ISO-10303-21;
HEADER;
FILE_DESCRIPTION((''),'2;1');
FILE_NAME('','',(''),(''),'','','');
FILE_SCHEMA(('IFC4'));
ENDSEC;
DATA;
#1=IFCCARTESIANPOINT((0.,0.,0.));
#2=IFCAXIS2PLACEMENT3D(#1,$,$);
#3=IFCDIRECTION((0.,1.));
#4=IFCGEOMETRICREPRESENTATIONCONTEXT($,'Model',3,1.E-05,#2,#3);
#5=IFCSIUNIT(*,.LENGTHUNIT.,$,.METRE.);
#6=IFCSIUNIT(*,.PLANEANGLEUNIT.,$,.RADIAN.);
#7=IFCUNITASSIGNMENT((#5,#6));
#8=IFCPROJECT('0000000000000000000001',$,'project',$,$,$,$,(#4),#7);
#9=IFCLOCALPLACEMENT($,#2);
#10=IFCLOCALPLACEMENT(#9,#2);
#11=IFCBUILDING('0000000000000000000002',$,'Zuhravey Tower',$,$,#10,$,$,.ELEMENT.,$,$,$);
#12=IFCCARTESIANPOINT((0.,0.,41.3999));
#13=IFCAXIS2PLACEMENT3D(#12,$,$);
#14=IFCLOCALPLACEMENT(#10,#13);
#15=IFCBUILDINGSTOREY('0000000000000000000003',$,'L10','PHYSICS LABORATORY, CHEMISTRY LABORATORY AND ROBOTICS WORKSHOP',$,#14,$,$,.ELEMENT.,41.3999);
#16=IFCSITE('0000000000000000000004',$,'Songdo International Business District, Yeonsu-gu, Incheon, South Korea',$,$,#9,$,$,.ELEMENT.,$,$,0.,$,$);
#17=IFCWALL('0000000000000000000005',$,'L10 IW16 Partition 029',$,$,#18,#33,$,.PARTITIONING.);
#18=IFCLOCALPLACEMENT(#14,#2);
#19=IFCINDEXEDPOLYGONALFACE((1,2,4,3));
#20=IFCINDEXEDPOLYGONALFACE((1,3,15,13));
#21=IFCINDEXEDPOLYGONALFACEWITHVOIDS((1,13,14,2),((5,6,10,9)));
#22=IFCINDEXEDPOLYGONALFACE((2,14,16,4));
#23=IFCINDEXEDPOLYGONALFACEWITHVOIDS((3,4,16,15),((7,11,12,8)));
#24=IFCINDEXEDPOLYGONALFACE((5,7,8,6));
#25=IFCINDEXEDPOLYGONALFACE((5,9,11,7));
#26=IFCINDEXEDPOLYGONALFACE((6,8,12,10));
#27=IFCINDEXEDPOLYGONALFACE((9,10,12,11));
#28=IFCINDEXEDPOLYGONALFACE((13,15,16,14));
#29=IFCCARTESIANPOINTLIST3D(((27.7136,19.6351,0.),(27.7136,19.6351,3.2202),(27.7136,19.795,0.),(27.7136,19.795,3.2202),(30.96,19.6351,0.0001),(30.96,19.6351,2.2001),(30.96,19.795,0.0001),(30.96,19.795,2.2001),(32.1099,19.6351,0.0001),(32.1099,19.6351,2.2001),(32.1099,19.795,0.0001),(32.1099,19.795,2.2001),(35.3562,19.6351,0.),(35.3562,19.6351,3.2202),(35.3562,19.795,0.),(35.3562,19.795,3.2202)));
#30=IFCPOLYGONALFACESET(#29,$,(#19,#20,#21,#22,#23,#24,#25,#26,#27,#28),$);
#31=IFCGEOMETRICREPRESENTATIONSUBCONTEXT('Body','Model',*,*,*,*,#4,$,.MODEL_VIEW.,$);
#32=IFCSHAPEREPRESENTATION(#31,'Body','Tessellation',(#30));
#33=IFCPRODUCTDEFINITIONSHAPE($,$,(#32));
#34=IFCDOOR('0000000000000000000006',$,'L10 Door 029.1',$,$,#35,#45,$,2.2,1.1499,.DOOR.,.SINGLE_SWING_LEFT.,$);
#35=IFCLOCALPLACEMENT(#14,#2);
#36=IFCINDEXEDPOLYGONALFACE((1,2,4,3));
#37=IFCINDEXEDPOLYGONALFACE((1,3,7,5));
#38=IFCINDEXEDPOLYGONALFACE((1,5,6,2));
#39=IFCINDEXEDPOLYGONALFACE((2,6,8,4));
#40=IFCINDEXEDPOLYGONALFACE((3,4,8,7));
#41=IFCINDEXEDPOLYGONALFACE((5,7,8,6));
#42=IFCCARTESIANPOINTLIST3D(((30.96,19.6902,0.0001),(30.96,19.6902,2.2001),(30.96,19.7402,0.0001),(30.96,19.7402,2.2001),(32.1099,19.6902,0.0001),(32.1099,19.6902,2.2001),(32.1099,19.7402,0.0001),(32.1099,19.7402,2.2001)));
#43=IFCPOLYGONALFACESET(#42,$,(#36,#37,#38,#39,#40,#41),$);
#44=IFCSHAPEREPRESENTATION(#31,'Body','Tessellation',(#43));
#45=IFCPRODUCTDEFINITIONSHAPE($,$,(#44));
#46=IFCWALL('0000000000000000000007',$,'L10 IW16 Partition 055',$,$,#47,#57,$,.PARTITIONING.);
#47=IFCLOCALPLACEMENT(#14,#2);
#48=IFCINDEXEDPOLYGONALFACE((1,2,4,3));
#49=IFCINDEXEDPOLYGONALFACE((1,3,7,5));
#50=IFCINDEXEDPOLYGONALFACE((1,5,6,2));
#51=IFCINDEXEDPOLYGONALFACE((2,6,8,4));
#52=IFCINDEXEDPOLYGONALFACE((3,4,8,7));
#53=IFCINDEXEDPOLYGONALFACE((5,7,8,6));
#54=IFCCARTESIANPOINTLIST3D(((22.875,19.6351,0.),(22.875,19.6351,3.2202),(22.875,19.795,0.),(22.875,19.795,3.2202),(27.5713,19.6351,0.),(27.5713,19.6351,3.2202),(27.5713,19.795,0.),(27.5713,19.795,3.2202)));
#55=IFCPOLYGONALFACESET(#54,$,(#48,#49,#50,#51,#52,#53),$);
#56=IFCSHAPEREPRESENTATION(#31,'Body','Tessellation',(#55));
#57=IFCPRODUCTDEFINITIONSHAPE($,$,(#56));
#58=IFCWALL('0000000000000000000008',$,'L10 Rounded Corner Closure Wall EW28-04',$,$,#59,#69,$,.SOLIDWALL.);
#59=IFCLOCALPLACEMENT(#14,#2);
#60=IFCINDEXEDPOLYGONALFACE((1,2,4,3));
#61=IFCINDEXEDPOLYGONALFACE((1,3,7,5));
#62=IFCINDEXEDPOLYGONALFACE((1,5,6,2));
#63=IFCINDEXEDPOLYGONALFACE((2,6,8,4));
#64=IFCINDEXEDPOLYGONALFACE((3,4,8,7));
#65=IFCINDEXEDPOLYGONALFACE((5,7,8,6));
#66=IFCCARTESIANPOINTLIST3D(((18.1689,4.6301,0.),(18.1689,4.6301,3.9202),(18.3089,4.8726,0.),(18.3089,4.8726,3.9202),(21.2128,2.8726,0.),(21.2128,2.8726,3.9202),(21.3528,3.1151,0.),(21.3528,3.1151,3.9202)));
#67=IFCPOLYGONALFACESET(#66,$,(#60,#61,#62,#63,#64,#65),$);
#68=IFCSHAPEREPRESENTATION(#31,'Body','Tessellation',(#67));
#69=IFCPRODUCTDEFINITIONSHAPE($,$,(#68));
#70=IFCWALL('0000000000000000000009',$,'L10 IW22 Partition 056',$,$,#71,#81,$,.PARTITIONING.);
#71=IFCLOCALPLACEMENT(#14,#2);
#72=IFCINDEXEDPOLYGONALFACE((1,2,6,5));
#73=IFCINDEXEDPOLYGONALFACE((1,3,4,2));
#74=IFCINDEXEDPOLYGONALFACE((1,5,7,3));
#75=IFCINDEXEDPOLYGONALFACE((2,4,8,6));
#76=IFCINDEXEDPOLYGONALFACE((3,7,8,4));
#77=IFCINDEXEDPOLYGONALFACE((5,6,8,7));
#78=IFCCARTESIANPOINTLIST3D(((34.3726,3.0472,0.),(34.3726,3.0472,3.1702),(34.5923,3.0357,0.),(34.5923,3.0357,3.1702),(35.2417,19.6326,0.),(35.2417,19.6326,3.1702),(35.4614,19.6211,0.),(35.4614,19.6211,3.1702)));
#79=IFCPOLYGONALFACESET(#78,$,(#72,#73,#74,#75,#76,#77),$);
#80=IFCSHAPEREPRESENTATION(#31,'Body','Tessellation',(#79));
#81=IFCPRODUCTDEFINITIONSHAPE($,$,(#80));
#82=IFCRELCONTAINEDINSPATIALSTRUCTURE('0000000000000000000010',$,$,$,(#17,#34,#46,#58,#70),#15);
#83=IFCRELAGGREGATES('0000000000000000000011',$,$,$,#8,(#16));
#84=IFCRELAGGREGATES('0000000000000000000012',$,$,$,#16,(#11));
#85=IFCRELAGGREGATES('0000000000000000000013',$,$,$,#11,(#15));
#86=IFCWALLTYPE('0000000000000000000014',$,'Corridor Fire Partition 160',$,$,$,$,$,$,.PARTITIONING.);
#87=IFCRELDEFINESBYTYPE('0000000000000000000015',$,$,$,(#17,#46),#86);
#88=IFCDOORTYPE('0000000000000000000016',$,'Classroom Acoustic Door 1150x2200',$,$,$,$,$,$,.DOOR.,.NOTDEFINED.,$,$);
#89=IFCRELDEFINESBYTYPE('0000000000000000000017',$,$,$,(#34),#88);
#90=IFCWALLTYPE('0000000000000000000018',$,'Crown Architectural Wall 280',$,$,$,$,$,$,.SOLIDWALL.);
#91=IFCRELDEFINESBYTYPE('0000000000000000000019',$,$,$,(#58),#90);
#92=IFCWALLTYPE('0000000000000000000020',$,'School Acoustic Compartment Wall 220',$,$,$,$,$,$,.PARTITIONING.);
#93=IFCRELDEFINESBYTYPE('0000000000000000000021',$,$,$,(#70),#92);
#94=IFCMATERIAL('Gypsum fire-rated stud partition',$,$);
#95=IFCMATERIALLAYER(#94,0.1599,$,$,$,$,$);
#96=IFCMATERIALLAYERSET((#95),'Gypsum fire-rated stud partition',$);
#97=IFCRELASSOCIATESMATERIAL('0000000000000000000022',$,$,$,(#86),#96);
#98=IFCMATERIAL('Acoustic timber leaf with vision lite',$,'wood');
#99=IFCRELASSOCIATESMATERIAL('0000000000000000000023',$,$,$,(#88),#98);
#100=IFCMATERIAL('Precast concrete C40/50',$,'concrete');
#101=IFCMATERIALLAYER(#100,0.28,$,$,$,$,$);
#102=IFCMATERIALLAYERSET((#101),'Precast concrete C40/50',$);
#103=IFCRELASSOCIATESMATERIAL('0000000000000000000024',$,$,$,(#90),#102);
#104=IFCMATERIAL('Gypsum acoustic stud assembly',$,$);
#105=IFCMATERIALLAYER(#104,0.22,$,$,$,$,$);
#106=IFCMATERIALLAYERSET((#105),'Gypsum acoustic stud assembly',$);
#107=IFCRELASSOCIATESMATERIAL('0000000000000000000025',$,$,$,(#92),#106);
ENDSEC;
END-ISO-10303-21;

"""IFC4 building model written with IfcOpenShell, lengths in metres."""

from ifc_helpers import new_model, si_unit, direction, frame, frame_2d, origin, place, context, subcontext, project, spatial, rectangle, extrude, material, layer, layer_set, type_object, element, fill, save


model = new_model("IFC4")

# Units and contexts
model_context = context("Model", 3, precision=1e-05, world=origin(), true_north=direction((0.0, 1.0)))
body_context = subcontext(model_context, "Body", "Model", "MODEL_VIEW")
ifc_project = project(units=[si_unit("LENGTHUNIT", "METRE"), si_unit("PLANEANGLEUNIT", "RADIAN")], contexts=[model_context])

# Site, building, storey
site_placement = place(None, origin())
site = spatial("IfcSite", under=ifc_project, at=site_placement, Name="Songdo International Business District, Yeonsu-gu, Incheon, South Korea", CompositionType="ELEMENT", RefElevation=0.0)
building_placement = place(site_placement, origin())
building = spatial("IfcBuilding", under=site, at=building_placement, Name="Zuhravey Tower", CompositionType="ELEMENT")
storey_placement = place(building_placement, frame((0.0, 0.0, 41.3999)))
storey = spatial("IfcBuildingStorey", under=building, at=storey_placement, Name="L10", Description="PHYSICS LABORATORY, CHEMISTRY LABORATORY AND ROBOTICS WORKSHOP", CompositionType="ELEMENT", Elevation=41.3999)

# Wall, opening, door
ifc_material_1 = material(Name="Gypsum fire-rated stud partition")
ifc_layer_1 = layer(ifc_material_1, 0.1599)
ifc_layer_set_1 = layer_set([ifc_layer_1], Name="Gypsum fire-rated stud partition")
wall_type_1 = type_object("IfcWallType", Name="Corridor Fire Partition 160", PredefinedType="PARTITIONING", material=ifc_layer_set_1)
wall_1_placement = place(storey_placement, frame((27.7136, 19.7151, 0.0), z_axis=(0.0, 0.0, 1.0), x_axis=(1.0, 0.0, 0.0)))
wall_1 = element("IfcWall", 1, at=wall_1_placement, inside=storey, type_object=wall_type_1, Name="L10 IW16 Partition 029", PredefinedType="PARTITIONING", context=body_context, shape_type="SweptSolid", body=[
    extrude(rectangle(XDim=7.6426, YDim=0.1599, at=frame_2d((3.8213, 0.0))), origin(), (0.0, 0.0, 1.0), 3.2202),
])
opening_placement = place(wall_1_placement, frame((3.2463, 0.0, 0.0)))
opening = element("IfcOpeningElement", 2, at=opening_placement, cuts=wall_1, PredefinedType="OPENING", context=body_context, shape_type="SweptSolid", body=[
    extrude(rectangle(XDim=1.1499, YDim=2.2, at=frame_2d((0.575, 1.1001))), frame((0.0, 0.092, 0.0), z_axis=(0.0, -1.0, 0.0), x_axis=(1.0, 0.0, 0.0)), (0.0, 0.0, 1.0), 0.1838),
])
ifc_material_2 = material(Name="Acoustic timber leaf with vision lite", Category="wood")
door_type = type_object("IfcDoorType", Name="Classroom Acoustic Door 1150x2200", OperationType="NOTDEFINED", PredefinedType="DOOR", material=ifc_material_2)
door_placement = place(opening_placement, frame((1.1499, 0.0, 0.0), z_axis=(0.0, 0.0, 1.0), x_axis=(-1.0, 0.0, 0.0)))
door = element("IfcDoor", 3, at=door_placement, inside=storey, type_object=door_type, Name="L10 Door 029.1", OperationType="SINGLE_SWING_LEFT", OverallHeight=2.2, OverallWidth=1.1499, PredefinedType="DOOR", context=body_context, shape_type="SweptSolid", body=[
    extrude(rectangle(XDim=1.1499, YDim=2.2, at=frame_2d((0.575, 1.1001))), frame((0.0, 0.0249, 0.0), z_axis=(0.0, -1.0, 0.0), x_axis=(1.0, 0.0, 0.0)), (0.0, 0.0, 1.0), 0.05),
])
fill(opening, door)

# Walls
wall_2_placement = place(storey_placement, frame((22.875, 19.7151, 0.0), z_axis=(0.0, 0.0, 1.0), x_axis=(1.0, 0.0, 0.0)))
element("IfcWall", 4, at=wall_2_placement, inside=storey, type_object=wall_type_1, Name="L10 IW16 Partition 055", PredefinedType="PARTITIONING", context=body_context, shape_type="SweptSolid", body=[
    extrude(rectangle(XDim=4.6963, YDim=0.1599, at=frame_2d((2.3481, 0.0))), origin(), (0.0, 0.0, 1.0), 3.2202),
])
ifc_material_3 = material(Name="Precast concrete C40/50", Category="concrete")
ifc_layer_2 = layer(ifc_material_3, 0.28)
ifc_layer_set_2 = layer_set([ifc_layer_2], Name="Precast concrete C40/50")
wall_type_2 = type_object("IfcWallType", Name="Crown Architectural Wall 280", PredefinedType="SOLIDWALL", material=ifc_layer_set_2)
wall_3_placement = place(storey_placement, frame((21.2827, 2.9939, 0.0), z_axis=(0.0, 0.0, 1.0), x_axis=(-0.866007, 0.500031, 0.0)))
element("IfcWall", 5, at=wall_3_placement, inside=storey, type_object=wall_type_2, Name="L10 Rounded Corner Closure Wall EW28-04", PredefinedType="SOLIDWALL", context=body_context, shape_type="SweptSolid", body=[
    extrude(rectangle(XDim=3.5149, YDim=0.28, at=frame_2d((1.7573, 0.0))), origin(), (0.0, 0.0, 1.0), 3.9202),
])
ifc_material_4 = material(Name="Gypsum acoustic stud assembly")
ifc_layer_3 = layer(ifc_material_4, 0.22)
ifc_layer_set_3 = layer_set([ifc_layer_3], Name="Gypsum acoustic stud assembly")
wall_type_3 = type_object("IfcWallType", Name="School Acoustic Compartment Wall 220", PredefinedType="PARTITIONING", material=ifc_layer_set_3)
wall_4_placement = place(storey_placement, frame((35.3516, 19.627, 0.0), z_axis=(0.0, 0.0, 1.0), x_axis=(-0.052332, -0.99863, 0.0)))
element("IfcWall", 6, at=wall_4_placement, inside=storey, type_object=wall_type_3, Name="L10 IW22 Partition 056", PredefinedType="PARTITIONING", context=body_context, shape_type="SweptSolid", body=[
    extrude(rectangle(XDim=16.6082, YDim=0.22, at=frame_2d((8.3042, 0.0))), origin(), (0.0, 0.0, 1.0), 3.1702),
])

save(model, "model.ifc")
